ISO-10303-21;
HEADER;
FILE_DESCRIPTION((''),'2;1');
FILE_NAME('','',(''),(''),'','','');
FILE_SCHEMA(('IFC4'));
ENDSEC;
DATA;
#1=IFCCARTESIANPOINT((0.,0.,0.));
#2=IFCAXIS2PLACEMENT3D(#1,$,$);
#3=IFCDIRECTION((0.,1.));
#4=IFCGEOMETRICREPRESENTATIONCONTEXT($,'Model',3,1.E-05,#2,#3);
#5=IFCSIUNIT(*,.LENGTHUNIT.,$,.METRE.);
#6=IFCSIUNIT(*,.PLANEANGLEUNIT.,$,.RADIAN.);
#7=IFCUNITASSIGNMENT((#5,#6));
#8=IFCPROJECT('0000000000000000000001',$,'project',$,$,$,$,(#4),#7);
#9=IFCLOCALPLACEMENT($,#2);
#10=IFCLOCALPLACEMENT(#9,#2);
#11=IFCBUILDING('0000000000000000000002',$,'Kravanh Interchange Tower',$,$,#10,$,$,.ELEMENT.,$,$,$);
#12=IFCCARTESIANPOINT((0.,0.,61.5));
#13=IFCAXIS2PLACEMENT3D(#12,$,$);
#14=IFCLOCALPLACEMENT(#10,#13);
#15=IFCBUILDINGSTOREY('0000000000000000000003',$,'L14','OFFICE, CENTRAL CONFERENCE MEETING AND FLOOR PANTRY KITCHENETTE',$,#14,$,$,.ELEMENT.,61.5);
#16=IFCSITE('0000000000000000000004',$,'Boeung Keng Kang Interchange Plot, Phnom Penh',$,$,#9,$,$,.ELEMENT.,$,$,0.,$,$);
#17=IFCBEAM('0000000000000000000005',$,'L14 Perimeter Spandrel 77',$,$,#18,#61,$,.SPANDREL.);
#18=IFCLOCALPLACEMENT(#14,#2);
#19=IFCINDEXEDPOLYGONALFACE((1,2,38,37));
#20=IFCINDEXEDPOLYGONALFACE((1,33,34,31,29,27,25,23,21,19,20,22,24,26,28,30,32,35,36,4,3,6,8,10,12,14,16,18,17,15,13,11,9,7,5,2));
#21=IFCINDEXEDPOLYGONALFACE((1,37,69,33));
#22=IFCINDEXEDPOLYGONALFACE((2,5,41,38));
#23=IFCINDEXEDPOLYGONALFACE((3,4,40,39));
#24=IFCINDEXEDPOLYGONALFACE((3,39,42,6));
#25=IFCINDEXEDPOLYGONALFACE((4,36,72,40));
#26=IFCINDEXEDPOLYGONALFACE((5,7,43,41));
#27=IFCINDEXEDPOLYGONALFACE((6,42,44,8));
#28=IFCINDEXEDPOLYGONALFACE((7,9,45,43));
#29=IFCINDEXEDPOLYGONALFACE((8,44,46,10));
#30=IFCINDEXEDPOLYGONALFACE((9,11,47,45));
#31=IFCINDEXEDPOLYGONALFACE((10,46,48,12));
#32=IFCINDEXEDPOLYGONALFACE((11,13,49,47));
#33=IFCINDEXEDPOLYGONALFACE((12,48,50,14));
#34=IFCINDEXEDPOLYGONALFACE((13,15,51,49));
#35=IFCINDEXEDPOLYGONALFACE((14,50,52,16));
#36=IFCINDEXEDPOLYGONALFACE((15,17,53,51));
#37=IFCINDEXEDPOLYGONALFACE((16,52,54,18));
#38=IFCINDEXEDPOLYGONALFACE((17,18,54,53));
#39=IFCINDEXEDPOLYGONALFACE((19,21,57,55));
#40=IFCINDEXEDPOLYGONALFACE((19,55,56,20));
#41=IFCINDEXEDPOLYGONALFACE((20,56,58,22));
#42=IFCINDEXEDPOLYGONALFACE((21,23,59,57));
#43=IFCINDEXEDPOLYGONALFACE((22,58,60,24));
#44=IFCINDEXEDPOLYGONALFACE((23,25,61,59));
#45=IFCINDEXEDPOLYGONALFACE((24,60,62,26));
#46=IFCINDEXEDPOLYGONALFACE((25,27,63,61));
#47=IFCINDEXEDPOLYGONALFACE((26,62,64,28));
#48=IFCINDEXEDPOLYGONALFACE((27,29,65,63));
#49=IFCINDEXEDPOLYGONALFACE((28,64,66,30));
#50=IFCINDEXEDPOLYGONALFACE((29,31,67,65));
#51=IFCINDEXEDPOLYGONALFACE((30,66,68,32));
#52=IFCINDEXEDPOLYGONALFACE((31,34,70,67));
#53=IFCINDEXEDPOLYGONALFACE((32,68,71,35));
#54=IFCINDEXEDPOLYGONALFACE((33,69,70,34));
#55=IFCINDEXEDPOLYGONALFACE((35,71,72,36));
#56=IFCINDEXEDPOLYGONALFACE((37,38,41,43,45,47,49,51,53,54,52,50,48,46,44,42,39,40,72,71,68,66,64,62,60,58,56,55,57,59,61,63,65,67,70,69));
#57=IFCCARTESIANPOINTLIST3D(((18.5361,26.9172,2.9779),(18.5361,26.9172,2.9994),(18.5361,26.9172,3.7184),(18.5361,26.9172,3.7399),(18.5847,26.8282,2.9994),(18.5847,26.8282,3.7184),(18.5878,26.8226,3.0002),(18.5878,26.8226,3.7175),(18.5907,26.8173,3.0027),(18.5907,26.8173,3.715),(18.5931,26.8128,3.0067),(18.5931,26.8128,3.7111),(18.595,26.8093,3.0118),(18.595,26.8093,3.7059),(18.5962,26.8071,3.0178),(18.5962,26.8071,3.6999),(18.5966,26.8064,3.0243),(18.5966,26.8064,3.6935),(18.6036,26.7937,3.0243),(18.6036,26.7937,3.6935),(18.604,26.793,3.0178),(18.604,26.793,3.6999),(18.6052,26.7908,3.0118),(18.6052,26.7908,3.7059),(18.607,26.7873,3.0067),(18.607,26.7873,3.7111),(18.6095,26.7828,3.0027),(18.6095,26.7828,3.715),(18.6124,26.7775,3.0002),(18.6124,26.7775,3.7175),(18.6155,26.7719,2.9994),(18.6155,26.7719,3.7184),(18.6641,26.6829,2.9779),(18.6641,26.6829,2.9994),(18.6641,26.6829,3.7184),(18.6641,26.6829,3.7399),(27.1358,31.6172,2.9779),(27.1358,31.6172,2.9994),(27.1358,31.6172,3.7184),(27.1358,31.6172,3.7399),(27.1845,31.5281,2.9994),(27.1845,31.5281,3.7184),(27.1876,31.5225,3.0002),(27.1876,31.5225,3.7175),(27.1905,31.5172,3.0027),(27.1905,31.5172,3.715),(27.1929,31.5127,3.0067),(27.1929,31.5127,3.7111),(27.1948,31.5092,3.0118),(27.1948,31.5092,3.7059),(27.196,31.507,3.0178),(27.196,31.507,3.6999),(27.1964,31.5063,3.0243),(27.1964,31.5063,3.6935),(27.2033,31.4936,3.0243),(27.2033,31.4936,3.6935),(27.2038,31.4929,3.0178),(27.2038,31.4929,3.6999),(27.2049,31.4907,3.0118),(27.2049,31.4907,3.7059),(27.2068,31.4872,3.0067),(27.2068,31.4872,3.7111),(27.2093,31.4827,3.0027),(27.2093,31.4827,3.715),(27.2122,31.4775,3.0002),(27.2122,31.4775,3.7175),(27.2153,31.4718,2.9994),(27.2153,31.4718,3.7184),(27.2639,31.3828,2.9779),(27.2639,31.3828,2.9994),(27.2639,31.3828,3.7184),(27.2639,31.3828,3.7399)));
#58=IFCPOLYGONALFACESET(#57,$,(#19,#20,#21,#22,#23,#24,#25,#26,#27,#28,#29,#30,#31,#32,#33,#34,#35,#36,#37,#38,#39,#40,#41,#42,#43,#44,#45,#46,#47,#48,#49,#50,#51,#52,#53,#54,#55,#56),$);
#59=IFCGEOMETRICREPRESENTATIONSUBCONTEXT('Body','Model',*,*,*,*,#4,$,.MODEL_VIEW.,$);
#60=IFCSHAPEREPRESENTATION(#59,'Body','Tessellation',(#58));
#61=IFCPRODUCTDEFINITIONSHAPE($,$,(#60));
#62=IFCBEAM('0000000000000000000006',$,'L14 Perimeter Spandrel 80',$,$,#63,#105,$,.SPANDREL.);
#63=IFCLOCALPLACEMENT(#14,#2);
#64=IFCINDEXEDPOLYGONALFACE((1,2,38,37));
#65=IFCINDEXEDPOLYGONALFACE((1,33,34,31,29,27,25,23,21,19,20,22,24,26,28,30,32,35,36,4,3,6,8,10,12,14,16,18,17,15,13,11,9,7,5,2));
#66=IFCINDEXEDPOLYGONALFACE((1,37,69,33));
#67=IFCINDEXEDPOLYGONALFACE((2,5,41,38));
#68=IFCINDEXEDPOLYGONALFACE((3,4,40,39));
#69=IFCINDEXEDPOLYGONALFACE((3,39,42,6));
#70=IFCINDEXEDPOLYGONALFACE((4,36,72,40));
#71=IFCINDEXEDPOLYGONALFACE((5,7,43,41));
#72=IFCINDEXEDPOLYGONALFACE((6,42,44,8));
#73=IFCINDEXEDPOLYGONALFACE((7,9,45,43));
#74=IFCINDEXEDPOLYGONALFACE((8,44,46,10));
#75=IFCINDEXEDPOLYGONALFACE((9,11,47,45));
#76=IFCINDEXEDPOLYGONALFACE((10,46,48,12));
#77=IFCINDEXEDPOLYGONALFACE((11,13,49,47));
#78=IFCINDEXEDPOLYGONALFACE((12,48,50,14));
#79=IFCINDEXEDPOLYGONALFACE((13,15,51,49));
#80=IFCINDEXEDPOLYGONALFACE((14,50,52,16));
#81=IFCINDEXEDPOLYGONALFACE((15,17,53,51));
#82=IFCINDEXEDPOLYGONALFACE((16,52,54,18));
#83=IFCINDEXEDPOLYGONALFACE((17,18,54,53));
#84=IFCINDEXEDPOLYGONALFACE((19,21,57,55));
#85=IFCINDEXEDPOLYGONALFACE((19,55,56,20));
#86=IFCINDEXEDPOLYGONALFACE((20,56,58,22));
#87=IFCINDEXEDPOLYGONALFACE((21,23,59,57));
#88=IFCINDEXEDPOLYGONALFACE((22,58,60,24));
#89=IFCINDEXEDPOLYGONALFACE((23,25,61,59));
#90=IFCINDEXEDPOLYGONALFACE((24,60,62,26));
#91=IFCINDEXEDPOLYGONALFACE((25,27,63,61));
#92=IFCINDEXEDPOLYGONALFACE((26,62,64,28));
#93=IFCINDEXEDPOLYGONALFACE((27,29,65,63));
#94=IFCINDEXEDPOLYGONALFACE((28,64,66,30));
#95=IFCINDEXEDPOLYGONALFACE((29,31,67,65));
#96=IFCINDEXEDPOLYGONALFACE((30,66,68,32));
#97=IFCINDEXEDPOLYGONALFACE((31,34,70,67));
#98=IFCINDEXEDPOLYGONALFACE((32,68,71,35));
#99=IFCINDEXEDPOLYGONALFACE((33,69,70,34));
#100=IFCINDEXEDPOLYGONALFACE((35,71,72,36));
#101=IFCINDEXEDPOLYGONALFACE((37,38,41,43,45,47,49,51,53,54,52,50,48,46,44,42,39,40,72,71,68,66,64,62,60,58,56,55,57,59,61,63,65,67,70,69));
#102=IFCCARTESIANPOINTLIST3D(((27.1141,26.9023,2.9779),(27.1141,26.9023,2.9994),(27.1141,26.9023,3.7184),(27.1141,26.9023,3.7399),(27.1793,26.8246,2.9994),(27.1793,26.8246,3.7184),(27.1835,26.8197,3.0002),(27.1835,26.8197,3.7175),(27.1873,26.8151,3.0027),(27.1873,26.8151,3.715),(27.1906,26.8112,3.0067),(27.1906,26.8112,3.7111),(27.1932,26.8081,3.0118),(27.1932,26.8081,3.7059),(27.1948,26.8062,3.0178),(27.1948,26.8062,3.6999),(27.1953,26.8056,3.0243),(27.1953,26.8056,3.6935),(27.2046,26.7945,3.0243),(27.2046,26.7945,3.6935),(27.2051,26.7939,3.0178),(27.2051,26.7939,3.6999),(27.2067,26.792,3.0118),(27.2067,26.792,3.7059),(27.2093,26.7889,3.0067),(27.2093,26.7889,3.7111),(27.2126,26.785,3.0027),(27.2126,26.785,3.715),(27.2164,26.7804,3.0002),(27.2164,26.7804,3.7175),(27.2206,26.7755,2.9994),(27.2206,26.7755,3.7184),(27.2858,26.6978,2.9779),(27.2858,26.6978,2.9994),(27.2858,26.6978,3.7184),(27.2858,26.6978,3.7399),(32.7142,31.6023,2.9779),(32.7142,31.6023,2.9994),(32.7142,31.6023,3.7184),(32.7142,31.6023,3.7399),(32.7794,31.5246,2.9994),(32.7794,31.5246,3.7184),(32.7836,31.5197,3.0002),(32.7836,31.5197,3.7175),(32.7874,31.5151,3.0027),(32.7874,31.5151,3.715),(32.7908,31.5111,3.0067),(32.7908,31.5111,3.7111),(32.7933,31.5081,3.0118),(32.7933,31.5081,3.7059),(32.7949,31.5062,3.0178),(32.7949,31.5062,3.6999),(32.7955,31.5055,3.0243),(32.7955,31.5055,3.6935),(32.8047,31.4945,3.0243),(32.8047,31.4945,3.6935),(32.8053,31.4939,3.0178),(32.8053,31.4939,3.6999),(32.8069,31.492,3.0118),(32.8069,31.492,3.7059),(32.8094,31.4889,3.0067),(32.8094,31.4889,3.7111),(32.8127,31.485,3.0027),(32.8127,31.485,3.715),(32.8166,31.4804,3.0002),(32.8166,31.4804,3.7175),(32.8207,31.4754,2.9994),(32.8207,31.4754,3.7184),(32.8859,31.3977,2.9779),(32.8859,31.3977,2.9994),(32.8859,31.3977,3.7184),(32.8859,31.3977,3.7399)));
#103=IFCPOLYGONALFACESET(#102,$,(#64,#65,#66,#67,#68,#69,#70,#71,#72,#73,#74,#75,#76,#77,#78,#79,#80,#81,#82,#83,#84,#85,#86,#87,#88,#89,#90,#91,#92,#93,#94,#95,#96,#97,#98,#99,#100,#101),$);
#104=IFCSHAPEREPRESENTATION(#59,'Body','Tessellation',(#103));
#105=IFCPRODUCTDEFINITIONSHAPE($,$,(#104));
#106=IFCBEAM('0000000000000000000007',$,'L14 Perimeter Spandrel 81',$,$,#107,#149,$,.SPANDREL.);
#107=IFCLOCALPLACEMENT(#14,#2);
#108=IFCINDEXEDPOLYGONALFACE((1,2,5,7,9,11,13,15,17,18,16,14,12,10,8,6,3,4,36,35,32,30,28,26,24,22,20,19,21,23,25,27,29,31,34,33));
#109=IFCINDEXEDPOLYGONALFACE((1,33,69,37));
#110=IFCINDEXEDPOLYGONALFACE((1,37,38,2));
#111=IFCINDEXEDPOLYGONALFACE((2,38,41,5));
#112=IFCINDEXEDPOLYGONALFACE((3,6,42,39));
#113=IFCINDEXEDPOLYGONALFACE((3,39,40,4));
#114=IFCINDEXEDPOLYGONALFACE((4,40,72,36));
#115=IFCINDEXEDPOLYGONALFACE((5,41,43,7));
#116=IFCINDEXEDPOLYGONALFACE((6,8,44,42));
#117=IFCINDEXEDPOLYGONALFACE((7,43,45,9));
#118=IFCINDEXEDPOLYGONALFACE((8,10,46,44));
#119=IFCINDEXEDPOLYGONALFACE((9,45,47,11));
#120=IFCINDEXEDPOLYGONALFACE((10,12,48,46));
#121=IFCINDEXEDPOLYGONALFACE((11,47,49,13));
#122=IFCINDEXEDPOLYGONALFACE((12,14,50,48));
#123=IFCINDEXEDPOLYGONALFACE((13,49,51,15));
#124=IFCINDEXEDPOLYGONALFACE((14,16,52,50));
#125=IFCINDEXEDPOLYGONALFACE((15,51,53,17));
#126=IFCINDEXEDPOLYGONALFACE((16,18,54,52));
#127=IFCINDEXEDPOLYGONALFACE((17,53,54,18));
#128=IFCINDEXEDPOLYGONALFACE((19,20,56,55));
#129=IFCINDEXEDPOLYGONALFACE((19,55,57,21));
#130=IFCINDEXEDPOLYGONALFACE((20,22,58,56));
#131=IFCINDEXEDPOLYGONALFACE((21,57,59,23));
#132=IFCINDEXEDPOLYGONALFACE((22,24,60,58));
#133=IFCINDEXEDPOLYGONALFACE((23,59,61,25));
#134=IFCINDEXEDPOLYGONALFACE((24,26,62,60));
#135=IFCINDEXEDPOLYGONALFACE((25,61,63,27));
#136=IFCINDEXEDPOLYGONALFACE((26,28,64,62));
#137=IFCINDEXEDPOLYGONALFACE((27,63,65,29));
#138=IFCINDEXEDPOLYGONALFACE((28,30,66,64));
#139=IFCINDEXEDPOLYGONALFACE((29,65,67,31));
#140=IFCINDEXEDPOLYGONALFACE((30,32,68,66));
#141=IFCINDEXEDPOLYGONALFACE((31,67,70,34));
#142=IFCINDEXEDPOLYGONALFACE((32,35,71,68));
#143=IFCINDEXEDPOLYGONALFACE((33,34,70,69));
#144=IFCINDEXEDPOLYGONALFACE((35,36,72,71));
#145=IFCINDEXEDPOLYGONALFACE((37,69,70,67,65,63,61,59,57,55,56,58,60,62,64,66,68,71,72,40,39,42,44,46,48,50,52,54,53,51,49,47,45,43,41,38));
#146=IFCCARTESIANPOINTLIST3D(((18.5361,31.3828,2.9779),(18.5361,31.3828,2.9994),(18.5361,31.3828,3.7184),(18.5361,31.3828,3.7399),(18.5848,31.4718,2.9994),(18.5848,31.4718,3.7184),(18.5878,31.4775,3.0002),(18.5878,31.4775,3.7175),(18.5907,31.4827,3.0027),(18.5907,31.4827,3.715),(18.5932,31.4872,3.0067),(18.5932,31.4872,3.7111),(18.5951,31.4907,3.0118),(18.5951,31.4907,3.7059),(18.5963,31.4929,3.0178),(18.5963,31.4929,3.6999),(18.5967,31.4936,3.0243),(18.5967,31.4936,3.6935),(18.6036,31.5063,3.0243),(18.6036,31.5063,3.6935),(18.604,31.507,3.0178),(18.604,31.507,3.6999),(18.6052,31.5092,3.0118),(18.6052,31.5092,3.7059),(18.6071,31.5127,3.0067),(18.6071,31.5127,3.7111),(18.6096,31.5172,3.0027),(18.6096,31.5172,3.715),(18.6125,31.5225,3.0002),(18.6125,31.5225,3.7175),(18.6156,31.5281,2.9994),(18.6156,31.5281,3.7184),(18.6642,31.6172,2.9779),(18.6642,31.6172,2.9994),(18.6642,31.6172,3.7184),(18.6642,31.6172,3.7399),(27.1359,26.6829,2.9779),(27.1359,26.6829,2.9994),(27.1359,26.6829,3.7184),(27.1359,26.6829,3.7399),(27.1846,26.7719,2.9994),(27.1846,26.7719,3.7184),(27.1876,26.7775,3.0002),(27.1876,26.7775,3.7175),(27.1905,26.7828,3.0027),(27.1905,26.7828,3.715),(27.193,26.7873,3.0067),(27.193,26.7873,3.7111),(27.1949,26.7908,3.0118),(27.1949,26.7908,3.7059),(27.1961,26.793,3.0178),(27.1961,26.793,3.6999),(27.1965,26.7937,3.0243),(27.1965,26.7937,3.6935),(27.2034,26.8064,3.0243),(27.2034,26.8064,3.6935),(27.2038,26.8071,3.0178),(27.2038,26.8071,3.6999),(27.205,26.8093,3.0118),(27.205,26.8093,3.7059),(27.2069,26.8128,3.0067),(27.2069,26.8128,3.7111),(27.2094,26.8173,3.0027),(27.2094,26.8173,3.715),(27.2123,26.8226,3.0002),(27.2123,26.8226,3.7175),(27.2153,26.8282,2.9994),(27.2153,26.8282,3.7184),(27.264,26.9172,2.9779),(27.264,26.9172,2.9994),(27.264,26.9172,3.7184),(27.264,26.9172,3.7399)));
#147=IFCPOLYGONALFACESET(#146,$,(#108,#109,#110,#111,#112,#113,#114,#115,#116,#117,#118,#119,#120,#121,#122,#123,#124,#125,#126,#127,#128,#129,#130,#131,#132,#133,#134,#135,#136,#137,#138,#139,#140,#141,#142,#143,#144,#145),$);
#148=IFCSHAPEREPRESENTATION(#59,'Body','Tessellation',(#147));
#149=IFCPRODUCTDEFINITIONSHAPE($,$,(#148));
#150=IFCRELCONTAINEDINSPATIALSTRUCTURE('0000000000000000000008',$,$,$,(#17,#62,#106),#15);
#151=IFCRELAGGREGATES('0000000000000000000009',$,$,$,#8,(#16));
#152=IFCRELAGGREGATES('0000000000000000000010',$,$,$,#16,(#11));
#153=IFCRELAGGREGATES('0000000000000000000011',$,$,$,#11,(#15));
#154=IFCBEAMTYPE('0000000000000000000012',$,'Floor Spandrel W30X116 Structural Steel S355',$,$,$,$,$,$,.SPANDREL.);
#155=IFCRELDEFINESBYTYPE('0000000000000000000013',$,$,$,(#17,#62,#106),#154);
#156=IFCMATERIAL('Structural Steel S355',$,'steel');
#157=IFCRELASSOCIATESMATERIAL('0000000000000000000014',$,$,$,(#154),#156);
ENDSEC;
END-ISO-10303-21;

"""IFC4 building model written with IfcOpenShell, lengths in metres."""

from ifc_helpers import new_model, si_unit, direction, frame, origin, origin_2d, place, context, subcontext, project, spatial, i_section, extrude, material, material_profile, profile_set, type_object, element, save


model = new_model("IFC4")

# Units and contexts
model_context = context("Model", 3, precision=1e-05, world=origin(), true_north=direction((0.0, 1.0)))
body_context = subcontext(model_context, "Body", "Model", "MODEL_VIEW")
ifc_project = project(units=[si_unit("LENGTHUNIT", "METRE"), si_unit("PLANEANGLEUNIT", "RADIAN")], contexts=[model_context])

# Site, building, storey
site_placement = place(None, origin())
site = spatial("IfcSite", under=ifc_project, at=site_placement, Name="Boeung Keng Kang Interchange Plot, Phnom Penh", CompositionType="ELEMENT", RefElevation=0.0)
building_placement = place(site_placement, origin())
building = spatial("IfcBuilding", under=site, at=building_placement, Name="Kravanh Interchange Tower", CompositionType="ELEMENT")
storey_placement = place(building_placement, frame((0.0, 0.0, 61.5)))
storey = spatial("IfcBuildingStorey", under=building, at=storey_placement, Name="L14", Description="OFFICE, CENTRAL CONFERENCE MEETING AND FLOOR PANTRY KITCHENETTE", CompositionType="ELEMENT", Elevation=61.5)

# Beams
ifc_material_1 = material(Name="Structural Steel S355", Category="steel")
ifc_material_profile_1 = material_profile(ifc_material_1, i_section(OverallWidth=0.2671, OverallDepth=0.762, WebThickness=0.0144, FlangeThickness=0.0215, FilletRadius=0.0249, at=origin_2d()), Name="W30X116")
ifc_profile_set_1 = profile_set([ifc_material_profile_1], Name="Structural Steel S355")
beam_type_1 = type_object("IfcBeamType", Name="Floor Spandrel W30X116 Structural Steel S355", PredefinedType="SPANDREL", material=ifc_profile_set_1)
beam_1_placement = place(storey_placement, frame((18.6001, 26.8, 3.3589), z_axis=(0.877504, 0.479569, 0.0), x_axis=(-0.479569, 0.877504, 0.0)))
element("IfcBeam", 1, at=beam_1_placement, inside=storey, type_object=beam_type_1, Name="L14 Perimeter Spandrel 77", PredefinedType="SPANDREL", context=body_context, shape_type="SweptSolid", body=[
    extrude(i_section(OverallWidth=0.2671, OverallDepth=0.762, WebThickness=0.0144, FlangeThickness=0.0215, FilletRadius=0.0249, at=origin_2d()), origin(), (0.0, 0.0, 1.0), 9.8003),
])
beam_2_placement = place(storey_placement, frame((27.2, 26.8, 3.3589), z_axis=(0.765983, 0.642861, 0.0), x_axis=(-0.642861, 0.765983, 0.0)))
element("IfcBeam", 2, at=beam_2_placement, inside=storey, type_object=beam_type_1, Name="L14 Perimeter Spandrel 80", PredefinedType="SPANDREL", context=body_context, shape_type="SweptSolid", body=[
    extrude(i_section(OverallWidth=0.2671, OverallDepth=0.762, WebThickness=0.0144, FlangeThickness=0.0215, FilletRadius=0.0249, at=origin_2d()), origin(), (0.0, 0.0, 1.0), 7.311),
])
beam_3_placement = place(storey_placement, frame((27.2, 26.8, 3.3589), z_axis=(-0.877504, 0.479569, 0.0), x_axis=(-0.479569, -0.877504, 0.0)))
element("IfcBeam", 3, at=beam_3_placement, inside=storey, type_object=beam_type_1, Name="L14 Perimeter Spandrel 81", PredefinedType="SPANDREL", context=body_context, shape_type="SweptSolid", body=[
    extrude(i_section(OverallWidth=0.2671, OverallDepth=0.762, WebThickness=0.0144, FlangeThickness=0.0215, FilletRadius=0.0249, at=origin_2d()), origin(), (0.0, 0.0, 1.0), 9.8003),
])

save(model, "model.ifc")
